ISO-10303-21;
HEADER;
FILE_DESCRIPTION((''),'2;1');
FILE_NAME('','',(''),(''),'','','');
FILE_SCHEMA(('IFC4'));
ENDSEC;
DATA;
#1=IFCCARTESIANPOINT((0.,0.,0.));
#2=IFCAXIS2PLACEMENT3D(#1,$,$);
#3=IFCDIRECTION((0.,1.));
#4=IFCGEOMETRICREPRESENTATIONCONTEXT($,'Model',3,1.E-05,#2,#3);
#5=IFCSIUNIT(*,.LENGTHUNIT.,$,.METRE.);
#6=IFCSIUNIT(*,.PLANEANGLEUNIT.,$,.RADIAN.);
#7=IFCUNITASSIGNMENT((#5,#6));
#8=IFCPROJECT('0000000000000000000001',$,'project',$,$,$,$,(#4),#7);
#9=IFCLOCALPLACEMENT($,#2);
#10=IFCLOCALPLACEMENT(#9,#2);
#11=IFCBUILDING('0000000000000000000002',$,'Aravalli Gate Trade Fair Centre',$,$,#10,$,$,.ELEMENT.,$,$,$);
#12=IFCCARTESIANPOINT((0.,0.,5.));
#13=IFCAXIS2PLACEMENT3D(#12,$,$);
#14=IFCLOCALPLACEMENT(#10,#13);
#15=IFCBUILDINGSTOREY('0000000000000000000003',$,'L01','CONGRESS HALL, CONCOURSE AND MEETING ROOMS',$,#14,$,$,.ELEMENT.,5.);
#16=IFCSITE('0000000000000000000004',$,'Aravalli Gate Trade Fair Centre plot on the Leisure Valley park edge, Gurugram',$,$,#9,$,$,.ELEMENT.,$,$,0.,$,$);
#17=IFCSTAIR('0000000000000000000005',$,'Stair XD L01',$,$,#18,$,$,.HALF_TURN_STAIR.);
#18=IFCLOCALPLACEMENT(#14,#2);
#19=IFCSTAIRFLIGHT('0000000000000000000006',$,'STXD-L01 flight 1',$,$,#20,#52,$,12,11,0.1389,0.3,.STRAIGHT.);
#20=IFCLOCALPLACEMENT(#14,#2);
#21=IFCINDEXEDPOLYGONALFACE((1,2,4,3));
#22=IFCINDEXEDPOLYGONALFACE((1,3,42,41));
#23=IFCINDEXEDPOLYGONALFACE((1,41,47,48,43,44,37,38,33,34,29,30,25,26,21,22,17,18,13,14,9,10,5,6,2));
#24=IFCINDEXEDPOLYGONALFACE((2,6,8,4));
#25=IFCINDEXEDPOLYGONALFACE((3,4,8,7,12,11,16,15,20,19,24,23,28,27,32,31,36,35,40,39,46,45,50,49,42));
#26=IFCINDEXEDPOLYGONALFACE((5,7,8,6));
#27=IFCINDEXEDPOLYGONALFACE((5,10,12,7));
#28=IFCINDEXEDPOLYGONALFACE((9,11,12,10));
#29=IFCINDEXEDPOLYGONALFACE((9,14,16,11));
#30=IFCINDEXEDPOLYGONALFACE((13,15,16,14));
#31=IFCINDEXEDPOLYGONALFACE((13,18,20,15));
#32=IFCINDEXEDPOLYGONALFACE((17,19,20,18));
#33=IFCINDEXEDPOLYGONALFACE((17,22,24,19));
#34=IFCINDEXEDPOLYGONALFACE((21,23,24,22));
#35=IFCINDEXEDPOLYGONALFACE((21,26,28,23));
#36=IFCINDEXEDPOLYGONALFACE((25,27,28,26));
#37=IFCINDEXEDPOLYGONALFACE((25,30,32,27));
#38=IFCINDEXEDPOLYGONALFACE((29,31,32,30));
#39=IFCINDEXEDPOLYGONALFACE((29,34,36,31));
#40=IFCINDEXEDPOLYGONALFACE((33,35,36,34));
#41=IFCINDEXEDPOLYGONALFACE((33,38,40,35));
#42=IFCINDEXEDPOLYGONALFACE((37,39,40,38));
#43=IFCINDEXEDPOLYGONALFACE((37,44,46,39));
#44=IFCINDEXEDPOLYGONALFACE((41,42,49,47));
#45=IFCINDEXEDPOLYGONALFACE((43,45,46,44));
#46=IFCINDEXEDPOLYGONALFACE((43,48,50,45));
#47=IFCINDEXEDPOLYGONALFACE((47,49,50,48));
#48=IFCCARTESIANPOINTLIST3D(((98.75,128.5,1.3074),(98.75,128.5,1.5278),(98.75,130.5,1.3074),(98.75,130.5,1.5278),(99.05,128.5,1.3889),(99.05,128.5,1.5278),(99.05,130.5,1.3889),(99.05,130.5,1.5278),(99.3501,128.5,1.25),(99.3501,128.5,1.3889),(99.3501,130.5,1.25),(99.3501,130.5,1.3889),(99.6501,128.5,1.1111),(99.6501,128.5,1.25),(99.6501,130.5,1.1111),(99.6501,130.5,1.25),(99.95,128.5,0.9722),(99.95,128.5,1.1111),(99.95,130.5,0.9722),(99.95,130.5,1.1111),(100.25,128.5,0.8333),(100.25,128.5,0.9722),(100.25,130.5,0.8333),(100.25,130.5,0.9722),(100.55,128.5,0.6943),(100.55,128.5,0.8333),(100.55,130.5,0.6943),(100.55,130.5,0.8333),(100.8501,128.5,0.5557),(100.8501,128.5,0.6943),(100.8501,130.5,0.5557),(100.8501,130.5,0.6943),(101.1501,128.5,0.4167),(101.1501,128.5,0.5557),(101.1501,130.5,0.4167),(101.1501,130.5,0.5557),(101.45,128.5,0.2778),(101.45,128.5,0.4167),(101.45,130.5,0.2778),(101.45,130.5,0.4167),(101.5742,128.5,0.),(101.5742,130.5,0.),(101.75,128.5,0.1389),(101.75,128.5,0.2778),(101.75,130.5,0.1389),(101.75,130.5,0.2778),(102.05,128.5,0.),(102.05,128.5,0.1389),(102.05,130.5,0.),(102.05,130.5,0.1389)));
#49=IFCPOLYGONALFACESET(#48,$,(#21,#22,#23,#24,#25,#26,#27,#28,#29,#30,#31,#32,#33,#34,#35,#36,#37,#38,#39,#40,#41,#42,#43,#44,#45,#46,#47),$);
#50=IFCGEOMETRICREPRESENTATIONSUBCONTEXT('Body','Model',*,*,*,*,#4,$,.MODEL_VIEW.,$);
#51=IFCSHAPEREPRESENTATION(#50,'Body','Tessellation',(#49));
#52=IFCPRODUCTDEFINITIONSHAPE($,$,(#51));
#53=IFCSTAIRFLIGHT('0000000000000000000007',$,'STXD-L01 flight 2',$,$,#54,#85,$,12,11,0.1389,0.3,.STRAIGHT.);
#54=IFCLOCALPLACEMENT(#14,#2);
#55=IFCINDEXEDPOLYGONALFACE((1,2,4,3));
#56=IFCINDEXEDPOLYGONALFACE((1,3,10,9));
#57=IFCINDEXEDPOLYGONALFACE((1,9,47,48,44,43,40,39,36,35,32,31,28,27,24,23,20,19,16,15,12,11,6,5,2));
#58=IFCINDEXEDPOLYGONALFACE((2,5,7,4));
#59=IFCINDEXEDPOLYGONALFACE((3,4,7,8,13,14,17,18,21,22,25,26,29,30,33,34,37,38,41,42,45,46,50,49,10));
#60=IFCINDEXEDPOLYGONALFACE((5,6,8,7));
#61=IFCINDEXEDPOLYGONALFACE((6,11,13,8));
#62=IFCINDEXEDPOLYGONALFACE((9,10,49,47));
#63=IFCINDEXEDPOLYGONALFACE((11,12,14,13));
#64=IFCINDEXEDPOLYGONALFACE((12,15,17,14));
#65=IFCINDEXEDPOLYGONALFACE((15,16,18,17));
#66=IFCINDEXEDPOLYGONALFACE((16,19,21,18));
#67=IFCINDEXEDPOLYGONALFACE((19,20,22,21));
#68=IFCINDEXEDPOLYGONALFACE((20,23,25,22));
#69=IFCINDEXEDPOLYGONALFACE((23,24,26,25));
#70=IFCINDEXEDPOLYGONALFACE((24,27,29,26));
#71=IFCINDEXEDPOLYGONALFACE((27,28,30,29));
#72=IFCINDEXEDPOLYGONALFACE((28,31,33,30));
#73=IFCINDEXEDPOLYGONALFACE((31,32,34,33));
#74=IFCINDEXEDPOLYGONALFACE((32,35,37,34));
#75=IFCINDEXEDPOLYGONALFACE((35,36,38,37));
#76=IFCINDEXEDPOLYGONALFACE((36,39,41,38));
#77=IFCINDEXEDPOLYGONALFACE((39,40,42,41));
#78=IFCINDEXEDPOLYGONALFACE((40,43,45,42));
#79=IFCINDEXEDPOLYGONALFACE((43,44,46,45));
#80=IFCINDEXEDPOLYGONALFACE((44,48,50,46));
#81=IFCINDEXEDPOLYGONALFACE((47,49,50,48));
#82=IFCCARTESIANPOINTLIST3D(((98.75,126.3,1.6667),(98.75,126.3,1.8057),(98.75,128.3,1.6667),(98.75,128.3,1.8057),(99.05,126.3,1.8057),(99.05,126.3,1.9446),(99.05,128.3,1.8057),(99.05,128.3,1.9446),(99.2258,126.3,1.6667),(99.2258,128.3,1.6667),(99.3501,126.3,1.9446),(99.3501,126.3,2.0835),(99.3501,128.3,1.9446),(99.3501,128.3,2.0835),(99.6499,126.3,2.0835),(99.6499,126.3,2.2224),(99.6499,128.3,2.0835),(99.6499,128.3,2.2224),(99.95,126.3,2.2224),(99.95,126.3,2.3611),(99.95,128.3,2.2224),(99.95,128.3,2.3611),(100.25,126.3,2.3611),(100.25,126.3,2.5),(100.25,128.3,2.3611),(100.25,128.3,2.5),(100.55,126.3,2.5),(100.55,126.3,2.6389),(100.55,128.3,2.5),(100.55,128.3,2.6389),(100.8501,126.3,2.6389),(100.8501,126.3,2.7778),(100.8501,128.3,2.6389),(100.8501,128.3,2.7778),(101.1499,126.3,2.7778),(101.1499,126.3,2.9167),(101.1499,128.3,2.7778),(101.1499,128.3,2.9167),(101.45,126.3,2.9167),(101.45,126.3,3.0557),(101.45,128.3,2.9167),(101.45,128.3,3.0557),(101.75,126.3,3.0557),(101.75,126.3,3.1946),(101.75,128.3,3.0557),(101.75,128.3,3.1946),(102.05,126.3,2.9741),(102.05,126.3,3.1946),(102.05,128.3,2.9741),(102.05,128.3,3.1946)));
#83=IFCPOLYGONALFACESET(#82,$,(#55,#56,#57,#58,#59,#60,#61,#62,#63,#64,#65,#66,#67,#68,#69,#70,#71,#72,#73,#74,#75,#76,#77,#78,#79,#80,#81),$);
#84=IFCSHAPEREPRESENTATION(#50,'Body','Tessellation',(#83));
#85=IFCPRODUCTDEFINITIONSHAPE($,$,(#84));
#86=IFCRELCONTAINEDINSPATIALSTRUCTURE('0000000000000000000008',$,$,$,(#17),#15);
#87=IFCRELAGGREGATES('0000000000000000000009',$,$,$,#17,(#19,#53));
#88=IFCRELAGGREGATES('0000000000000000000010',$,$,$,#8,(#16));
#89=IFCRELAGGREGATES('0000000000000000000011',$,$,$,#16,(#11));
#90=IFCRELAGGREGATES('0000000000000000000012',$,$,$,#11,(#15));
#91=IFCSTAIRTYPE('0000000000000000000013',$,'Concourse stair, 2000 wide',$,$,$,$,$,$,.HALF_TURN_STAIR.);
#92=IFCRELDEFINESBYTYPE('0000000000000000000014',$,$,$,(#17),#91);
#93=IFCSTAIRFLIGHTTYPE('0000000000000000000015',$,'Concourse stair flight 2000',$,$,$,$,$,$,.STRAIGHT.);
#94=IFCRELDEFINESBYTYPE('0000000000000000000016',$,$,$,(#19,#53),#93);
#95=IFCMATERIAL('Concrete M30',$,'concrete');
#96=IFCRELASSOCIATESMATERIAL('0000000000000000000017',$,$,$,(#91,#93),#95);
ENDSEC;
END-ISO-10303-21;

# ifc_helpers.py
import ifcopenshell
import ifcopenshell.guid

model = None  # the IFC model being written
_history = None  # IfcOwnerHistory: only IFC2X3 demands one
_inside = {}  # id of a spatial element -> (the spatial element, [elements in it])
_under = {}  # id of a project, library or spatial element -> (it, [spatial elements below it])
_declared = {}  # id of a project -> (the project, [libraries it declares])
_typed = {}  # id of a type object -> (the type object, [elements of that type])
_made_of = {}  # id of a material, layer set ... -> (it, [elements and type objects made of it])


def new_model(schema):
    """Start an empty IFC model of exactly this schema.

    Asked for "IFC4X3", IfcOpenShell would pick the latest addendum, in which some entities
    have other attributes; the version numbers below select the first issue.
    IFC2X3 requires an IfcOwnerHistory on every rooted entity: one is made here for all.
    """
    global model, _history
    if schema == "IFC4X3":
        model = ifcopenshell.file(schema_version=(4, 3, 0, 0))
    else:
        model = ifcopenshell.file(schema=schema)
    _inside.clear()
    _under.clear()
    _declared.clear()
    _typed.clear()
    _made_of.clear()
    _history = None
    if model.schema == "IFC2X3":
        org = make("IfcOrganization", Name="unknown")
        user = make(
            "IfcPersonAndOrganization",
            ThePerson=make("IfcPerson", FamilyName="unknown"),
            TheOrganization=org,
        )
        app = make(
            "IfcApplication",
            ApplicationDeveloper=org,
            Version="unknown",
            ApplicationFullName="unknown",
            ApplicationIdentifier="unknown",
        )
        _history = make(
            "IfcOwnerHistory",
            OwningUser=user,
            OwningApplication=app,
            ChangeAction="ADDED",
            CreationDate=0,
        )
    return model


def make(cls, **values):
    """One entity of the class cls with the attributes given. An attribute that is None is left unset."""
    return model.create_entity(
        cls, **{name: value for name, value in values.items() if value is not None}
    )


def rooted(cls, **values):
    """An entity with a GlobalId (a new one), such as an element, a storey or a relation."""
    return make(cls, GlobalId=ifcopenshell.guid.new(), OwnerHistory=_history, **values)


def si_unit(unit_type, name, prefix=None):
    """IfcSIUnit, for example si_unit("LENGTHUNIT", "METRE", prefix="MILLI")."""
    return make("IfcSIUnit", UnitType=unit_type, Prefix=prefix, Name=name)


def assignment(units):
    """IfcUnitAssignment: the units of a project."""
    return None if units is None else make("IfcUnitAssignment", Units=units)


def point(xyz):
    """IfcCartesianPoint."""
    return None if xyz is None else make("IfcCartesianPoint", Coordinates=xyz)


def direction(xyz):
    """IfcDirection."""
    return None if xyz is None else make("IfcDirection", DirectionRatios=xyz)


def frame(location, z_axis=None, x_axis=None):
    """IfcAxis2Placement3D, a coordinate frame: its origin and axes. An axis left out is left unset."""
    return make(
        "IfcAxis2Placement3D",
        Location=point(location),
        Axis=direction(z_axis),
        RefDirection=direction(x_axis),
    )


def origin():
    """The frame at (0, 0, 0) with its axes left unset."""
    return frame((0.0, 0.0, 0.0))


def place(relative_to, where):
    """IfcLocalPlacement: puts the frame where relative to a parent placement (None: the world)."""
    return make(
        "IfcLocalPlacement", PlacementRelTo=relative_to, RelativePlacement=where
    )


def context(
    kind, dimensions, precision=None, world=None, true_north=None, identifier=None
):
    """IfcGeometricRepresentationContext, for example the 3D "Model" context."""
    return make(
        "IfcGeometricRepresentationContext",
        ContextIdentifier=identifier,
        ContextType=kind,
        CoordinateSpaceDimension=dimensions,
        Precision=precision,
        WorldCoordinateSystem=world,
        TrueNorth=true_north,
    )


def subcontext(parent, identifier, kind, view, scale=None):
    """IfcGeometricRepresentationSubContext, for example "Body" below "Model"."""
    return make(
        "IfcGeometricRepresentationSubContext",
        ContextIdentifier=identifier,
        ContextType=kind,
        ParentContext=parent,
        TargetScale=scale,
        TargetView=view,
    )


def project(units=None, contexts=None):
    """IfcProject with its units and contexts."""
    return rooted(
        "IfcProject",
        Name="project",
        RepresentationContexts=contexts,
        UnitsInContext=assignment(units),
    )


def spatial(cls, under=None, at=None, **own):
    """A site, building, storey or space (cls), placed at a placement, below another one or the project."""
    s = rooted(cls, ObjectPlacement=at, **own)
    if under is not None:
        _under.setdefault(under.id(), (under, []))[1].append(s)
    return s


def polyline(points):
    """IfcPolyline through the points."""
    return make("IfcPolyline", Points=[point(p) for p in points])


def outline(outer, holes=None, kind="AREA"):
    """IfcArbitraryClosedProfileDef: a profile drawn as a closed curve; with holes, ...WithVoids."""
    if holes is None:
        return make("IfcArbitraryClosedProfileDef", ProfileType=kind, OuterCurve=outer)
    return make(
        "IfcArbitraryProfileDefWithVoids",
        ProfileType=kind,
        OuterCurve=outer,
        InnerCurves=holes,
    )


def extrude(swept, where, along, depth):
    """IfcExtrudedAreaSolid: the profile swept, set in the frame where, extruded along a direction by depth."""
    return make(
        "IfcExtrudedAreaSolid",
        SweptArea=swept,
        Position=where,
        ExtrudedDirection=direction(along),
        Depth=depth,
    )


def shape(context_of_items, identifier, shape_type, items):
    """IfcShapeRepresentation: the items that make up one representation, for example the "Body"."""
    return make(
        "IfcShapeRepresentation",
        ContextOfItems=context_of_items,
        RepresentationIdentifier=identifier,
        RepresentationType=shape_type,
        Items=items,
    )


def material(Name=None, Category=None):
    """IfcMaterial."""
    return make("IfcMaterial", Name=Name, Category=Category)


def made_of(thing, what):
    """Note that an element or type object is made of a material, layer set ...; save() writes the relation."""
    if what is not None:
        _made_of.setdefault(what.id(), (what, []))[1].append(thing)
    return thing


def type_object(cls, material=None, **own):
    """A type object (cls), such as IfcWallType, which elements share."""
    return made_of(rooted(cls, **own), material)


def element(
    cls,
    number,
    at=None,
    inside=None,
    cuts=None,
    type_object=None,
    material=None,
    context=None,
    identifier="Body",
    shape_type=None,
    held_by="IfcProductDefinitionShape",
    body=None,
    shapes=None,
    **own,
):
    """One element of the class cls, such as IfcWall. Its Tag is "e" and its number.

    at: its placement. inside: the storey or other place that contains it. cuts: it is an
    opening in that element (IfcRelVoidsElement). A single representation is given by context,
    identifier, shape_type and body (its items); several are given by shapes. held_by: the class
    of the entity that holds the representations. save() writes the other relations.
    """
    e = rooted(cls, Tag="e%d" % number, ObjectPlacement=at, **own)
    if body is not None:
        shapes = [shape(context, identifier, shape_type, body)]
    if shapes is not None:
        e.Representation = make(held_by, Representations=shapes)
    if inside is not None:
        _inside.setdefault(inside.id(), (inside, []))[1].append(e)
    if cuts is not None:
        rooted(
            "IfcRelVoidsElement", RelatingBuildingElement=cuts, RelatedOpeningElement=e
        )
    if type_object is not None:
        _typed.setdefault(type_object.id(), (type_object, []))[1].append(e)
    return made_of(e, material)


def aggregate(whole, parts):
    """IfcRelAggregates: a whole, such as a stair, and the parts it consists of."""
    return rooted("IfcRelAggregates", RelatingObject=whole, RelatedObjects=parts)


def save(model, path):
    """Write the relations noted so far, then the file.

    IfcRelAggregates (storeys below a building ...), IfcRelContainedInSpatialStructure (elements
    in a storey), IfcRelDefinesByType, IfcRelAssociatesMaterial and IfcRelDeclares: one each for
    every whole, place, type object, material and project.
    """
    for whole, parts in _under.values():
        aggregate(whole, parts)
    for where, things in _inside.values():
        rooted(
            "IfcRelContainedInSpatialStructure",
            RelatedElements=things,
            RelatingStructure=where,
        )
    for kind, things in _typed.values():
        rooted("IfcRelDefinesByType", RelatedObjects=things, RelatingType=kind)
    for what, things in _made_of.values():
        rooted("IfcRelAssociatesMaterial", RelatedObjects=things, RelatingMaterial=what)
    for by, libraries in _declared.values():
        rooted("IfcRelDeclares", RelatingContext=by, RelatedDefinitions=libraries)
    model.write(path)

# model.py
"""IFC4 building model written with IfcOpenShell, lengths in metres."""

from ifc_helpers import new_model, si_unit, direction, frame, origin, place, context, subcontext, project, spatial, polyline, outline, extrude, material, type_object, element, aggregate, save


model = new_model("IFC4")

# Units and contexts
model_context = context("Model", 3, precision=1e-05, world=origin(), true_north=direction((0.0, 1.0)))
body_context = subcontext(model_context, "Body", "Model", "MODEL_VIEW")
ifc_project = project(units=[si_unit("LENGTHUNIT", "METRE"), si_unit("PLANEANGLEUNIT", "RADIAN")], contexts=[model_context])

# Site, building, storey
site_placement = place(None, origin())
site = spatial("IfcSite", under=ifc_project, at=site_placement, Name="Aravalli Gate Trade Fair Centre plot on the Leisure Valley park edge, Gurugram", CompositionType="ELEMENT", RefElevation=0.0)
building_placement = place(site_placement, origin())
building = spatial("IfcBuilding", under=site, at=building_placement, Name="Aravalli Gate Trade Fair Centre", CompositionType="ELEMENT")
storey_placement = place(building_placement, frame((0.0, 0.0, 5.0)))
storey = spatial("IfcBuildingStorey", under=building, at=storey_placement, Name="L01", Description="CONGRESS HALL, CONCOURSE AND MEETING ROOMS", CompositionType="ELEMENT", Elevation=5.0)

# Stair, stair flights
ifc_material_1 = material(Name="Concrete M30", Category="concrete")
stair_type = type_object("IfcStairType", Name="Concourse stair, 2000 wide", PredefinedType="HALF_TURN_STAIR", material=ifc_material_1)
stair_placement = place(storey_placement, origin())
stair = element("IfcStair", 1, at=stair_placement, inside=storey, type_object=stair_type, Name="Stair XD L01", PredefinedType="HALF_TURN_STAIR")
stair_flight_type = type_object("IfcStairFlightType", Name="Concourse stair flight 2000", PredefinedType="STRAIGHT", material=ifc_material_1)
stair_flight_1_placement = place(storey_placement, frame((102.05, 129.5, 0.0), z_axis=(0.0, 0.0, 1.0), x_axis=(-1.0, 0.0, 0.0)))
stair_flight_1 = element("IfcStairFlight", 2, at=stair_flight_1_placement, type_object=stair_flight_type, Name="STXD-L01 flight 1", NumberOfRisers=12, NumberOfTreads=11, PredefinedType="STRAIGHT", RiserHeight=0.1389, TreadLength=0.3, context=body_context, shape_type="SweptSolid", body=[
    extrude(outline(polyline([(0.0, 0.0), (0.0, 0.1389), (0.3, 0.1389), (0.3, 0.2778), (0.6001, 0.2778), (0.6001, 0.4167), (0.8999, 0.4167), (0.8999, 0.5557), (1.2, 0.5557), (1.2, 0.6943), (1.5, 0.6943), (1.5, 0.8333), (1.8, 0.8333), (1.8, 0.9722), (2.1001, 0.9722), (2.1001, 1.1111), (2.3999, 1.1111), (2.3999, 1.25), (2.7, 1.25), (2.7, 1.3889), (3.0, 1.3889), (3.0, 1.5278), (3.3, 1.5278), (3.3, 1.6667), (3.3, 1.3074), (0.4758, 0.0), (0.0, 0.0)])), frame((0.0, 1.0, 0.0), z_axis=(0.0, -1.0, 0.0), x_axis=(1.0, 0.0, 0.0)), (0.0, 0.0, 1.0), 2.0),
])
stair_flight_2_placement = place(storey_placement, frame((98.75, 127.3, 1.6667), z_axis=(0.0, 0.0, 1.0), x_axis=(1.0, 0.0, 0.0)))
stair_flight_2 = element("IfcStairFlight", 3, at=stair_flight_2_placement, type_object=stair_flight_type, Name="STXD-L01 flight 2", NumberOfRisers=12, NumberOfTreads=11, PredefinedType="STRAIGHT", RiserHeight=0.1389, TreadLength=0.3, context=body_context, shape_type="SweptSolid", body=[
    extrude(outline(polyline([(0.0, 0.0), (0.0, 0.1389), (0.3, 0.1389), (0.3, 0.2778), (0.6001, 0.2778), (0.6001, 0.4167), (0.8999, 0.4167), (0.8999, 0.5557), (1.2, 0.5557), (1.2, 0.6943), (1.5, 0.6943), (1.5, 0.8333), (1.8, 0.8333), (1.8, 0.9722), (2.1001, 0.9722), (2.1001, 1.1111), (2.3999, 1.1111), (2.3999, 1.25), (2.7, 1.25), (2.7, 1.3889), (3.0, 1.3889), (3.0, 1.5278), (3.3, 1.5278), (3.3, 1.6667), (3.3, 1.3074), (0.4758, 0.0), (0.0, 0.0)])), frame((0.0, 1.0, 0.0), z_axis=(0.0, -1.0, 0.0), x_axis=(1.0, 0.0, 0.0)), (0.0, 0.0, 1.0), 2.0),
])
aggregate(stair, [stair_flight_1, stair_flight_2])

save(model, "model.ifc")
